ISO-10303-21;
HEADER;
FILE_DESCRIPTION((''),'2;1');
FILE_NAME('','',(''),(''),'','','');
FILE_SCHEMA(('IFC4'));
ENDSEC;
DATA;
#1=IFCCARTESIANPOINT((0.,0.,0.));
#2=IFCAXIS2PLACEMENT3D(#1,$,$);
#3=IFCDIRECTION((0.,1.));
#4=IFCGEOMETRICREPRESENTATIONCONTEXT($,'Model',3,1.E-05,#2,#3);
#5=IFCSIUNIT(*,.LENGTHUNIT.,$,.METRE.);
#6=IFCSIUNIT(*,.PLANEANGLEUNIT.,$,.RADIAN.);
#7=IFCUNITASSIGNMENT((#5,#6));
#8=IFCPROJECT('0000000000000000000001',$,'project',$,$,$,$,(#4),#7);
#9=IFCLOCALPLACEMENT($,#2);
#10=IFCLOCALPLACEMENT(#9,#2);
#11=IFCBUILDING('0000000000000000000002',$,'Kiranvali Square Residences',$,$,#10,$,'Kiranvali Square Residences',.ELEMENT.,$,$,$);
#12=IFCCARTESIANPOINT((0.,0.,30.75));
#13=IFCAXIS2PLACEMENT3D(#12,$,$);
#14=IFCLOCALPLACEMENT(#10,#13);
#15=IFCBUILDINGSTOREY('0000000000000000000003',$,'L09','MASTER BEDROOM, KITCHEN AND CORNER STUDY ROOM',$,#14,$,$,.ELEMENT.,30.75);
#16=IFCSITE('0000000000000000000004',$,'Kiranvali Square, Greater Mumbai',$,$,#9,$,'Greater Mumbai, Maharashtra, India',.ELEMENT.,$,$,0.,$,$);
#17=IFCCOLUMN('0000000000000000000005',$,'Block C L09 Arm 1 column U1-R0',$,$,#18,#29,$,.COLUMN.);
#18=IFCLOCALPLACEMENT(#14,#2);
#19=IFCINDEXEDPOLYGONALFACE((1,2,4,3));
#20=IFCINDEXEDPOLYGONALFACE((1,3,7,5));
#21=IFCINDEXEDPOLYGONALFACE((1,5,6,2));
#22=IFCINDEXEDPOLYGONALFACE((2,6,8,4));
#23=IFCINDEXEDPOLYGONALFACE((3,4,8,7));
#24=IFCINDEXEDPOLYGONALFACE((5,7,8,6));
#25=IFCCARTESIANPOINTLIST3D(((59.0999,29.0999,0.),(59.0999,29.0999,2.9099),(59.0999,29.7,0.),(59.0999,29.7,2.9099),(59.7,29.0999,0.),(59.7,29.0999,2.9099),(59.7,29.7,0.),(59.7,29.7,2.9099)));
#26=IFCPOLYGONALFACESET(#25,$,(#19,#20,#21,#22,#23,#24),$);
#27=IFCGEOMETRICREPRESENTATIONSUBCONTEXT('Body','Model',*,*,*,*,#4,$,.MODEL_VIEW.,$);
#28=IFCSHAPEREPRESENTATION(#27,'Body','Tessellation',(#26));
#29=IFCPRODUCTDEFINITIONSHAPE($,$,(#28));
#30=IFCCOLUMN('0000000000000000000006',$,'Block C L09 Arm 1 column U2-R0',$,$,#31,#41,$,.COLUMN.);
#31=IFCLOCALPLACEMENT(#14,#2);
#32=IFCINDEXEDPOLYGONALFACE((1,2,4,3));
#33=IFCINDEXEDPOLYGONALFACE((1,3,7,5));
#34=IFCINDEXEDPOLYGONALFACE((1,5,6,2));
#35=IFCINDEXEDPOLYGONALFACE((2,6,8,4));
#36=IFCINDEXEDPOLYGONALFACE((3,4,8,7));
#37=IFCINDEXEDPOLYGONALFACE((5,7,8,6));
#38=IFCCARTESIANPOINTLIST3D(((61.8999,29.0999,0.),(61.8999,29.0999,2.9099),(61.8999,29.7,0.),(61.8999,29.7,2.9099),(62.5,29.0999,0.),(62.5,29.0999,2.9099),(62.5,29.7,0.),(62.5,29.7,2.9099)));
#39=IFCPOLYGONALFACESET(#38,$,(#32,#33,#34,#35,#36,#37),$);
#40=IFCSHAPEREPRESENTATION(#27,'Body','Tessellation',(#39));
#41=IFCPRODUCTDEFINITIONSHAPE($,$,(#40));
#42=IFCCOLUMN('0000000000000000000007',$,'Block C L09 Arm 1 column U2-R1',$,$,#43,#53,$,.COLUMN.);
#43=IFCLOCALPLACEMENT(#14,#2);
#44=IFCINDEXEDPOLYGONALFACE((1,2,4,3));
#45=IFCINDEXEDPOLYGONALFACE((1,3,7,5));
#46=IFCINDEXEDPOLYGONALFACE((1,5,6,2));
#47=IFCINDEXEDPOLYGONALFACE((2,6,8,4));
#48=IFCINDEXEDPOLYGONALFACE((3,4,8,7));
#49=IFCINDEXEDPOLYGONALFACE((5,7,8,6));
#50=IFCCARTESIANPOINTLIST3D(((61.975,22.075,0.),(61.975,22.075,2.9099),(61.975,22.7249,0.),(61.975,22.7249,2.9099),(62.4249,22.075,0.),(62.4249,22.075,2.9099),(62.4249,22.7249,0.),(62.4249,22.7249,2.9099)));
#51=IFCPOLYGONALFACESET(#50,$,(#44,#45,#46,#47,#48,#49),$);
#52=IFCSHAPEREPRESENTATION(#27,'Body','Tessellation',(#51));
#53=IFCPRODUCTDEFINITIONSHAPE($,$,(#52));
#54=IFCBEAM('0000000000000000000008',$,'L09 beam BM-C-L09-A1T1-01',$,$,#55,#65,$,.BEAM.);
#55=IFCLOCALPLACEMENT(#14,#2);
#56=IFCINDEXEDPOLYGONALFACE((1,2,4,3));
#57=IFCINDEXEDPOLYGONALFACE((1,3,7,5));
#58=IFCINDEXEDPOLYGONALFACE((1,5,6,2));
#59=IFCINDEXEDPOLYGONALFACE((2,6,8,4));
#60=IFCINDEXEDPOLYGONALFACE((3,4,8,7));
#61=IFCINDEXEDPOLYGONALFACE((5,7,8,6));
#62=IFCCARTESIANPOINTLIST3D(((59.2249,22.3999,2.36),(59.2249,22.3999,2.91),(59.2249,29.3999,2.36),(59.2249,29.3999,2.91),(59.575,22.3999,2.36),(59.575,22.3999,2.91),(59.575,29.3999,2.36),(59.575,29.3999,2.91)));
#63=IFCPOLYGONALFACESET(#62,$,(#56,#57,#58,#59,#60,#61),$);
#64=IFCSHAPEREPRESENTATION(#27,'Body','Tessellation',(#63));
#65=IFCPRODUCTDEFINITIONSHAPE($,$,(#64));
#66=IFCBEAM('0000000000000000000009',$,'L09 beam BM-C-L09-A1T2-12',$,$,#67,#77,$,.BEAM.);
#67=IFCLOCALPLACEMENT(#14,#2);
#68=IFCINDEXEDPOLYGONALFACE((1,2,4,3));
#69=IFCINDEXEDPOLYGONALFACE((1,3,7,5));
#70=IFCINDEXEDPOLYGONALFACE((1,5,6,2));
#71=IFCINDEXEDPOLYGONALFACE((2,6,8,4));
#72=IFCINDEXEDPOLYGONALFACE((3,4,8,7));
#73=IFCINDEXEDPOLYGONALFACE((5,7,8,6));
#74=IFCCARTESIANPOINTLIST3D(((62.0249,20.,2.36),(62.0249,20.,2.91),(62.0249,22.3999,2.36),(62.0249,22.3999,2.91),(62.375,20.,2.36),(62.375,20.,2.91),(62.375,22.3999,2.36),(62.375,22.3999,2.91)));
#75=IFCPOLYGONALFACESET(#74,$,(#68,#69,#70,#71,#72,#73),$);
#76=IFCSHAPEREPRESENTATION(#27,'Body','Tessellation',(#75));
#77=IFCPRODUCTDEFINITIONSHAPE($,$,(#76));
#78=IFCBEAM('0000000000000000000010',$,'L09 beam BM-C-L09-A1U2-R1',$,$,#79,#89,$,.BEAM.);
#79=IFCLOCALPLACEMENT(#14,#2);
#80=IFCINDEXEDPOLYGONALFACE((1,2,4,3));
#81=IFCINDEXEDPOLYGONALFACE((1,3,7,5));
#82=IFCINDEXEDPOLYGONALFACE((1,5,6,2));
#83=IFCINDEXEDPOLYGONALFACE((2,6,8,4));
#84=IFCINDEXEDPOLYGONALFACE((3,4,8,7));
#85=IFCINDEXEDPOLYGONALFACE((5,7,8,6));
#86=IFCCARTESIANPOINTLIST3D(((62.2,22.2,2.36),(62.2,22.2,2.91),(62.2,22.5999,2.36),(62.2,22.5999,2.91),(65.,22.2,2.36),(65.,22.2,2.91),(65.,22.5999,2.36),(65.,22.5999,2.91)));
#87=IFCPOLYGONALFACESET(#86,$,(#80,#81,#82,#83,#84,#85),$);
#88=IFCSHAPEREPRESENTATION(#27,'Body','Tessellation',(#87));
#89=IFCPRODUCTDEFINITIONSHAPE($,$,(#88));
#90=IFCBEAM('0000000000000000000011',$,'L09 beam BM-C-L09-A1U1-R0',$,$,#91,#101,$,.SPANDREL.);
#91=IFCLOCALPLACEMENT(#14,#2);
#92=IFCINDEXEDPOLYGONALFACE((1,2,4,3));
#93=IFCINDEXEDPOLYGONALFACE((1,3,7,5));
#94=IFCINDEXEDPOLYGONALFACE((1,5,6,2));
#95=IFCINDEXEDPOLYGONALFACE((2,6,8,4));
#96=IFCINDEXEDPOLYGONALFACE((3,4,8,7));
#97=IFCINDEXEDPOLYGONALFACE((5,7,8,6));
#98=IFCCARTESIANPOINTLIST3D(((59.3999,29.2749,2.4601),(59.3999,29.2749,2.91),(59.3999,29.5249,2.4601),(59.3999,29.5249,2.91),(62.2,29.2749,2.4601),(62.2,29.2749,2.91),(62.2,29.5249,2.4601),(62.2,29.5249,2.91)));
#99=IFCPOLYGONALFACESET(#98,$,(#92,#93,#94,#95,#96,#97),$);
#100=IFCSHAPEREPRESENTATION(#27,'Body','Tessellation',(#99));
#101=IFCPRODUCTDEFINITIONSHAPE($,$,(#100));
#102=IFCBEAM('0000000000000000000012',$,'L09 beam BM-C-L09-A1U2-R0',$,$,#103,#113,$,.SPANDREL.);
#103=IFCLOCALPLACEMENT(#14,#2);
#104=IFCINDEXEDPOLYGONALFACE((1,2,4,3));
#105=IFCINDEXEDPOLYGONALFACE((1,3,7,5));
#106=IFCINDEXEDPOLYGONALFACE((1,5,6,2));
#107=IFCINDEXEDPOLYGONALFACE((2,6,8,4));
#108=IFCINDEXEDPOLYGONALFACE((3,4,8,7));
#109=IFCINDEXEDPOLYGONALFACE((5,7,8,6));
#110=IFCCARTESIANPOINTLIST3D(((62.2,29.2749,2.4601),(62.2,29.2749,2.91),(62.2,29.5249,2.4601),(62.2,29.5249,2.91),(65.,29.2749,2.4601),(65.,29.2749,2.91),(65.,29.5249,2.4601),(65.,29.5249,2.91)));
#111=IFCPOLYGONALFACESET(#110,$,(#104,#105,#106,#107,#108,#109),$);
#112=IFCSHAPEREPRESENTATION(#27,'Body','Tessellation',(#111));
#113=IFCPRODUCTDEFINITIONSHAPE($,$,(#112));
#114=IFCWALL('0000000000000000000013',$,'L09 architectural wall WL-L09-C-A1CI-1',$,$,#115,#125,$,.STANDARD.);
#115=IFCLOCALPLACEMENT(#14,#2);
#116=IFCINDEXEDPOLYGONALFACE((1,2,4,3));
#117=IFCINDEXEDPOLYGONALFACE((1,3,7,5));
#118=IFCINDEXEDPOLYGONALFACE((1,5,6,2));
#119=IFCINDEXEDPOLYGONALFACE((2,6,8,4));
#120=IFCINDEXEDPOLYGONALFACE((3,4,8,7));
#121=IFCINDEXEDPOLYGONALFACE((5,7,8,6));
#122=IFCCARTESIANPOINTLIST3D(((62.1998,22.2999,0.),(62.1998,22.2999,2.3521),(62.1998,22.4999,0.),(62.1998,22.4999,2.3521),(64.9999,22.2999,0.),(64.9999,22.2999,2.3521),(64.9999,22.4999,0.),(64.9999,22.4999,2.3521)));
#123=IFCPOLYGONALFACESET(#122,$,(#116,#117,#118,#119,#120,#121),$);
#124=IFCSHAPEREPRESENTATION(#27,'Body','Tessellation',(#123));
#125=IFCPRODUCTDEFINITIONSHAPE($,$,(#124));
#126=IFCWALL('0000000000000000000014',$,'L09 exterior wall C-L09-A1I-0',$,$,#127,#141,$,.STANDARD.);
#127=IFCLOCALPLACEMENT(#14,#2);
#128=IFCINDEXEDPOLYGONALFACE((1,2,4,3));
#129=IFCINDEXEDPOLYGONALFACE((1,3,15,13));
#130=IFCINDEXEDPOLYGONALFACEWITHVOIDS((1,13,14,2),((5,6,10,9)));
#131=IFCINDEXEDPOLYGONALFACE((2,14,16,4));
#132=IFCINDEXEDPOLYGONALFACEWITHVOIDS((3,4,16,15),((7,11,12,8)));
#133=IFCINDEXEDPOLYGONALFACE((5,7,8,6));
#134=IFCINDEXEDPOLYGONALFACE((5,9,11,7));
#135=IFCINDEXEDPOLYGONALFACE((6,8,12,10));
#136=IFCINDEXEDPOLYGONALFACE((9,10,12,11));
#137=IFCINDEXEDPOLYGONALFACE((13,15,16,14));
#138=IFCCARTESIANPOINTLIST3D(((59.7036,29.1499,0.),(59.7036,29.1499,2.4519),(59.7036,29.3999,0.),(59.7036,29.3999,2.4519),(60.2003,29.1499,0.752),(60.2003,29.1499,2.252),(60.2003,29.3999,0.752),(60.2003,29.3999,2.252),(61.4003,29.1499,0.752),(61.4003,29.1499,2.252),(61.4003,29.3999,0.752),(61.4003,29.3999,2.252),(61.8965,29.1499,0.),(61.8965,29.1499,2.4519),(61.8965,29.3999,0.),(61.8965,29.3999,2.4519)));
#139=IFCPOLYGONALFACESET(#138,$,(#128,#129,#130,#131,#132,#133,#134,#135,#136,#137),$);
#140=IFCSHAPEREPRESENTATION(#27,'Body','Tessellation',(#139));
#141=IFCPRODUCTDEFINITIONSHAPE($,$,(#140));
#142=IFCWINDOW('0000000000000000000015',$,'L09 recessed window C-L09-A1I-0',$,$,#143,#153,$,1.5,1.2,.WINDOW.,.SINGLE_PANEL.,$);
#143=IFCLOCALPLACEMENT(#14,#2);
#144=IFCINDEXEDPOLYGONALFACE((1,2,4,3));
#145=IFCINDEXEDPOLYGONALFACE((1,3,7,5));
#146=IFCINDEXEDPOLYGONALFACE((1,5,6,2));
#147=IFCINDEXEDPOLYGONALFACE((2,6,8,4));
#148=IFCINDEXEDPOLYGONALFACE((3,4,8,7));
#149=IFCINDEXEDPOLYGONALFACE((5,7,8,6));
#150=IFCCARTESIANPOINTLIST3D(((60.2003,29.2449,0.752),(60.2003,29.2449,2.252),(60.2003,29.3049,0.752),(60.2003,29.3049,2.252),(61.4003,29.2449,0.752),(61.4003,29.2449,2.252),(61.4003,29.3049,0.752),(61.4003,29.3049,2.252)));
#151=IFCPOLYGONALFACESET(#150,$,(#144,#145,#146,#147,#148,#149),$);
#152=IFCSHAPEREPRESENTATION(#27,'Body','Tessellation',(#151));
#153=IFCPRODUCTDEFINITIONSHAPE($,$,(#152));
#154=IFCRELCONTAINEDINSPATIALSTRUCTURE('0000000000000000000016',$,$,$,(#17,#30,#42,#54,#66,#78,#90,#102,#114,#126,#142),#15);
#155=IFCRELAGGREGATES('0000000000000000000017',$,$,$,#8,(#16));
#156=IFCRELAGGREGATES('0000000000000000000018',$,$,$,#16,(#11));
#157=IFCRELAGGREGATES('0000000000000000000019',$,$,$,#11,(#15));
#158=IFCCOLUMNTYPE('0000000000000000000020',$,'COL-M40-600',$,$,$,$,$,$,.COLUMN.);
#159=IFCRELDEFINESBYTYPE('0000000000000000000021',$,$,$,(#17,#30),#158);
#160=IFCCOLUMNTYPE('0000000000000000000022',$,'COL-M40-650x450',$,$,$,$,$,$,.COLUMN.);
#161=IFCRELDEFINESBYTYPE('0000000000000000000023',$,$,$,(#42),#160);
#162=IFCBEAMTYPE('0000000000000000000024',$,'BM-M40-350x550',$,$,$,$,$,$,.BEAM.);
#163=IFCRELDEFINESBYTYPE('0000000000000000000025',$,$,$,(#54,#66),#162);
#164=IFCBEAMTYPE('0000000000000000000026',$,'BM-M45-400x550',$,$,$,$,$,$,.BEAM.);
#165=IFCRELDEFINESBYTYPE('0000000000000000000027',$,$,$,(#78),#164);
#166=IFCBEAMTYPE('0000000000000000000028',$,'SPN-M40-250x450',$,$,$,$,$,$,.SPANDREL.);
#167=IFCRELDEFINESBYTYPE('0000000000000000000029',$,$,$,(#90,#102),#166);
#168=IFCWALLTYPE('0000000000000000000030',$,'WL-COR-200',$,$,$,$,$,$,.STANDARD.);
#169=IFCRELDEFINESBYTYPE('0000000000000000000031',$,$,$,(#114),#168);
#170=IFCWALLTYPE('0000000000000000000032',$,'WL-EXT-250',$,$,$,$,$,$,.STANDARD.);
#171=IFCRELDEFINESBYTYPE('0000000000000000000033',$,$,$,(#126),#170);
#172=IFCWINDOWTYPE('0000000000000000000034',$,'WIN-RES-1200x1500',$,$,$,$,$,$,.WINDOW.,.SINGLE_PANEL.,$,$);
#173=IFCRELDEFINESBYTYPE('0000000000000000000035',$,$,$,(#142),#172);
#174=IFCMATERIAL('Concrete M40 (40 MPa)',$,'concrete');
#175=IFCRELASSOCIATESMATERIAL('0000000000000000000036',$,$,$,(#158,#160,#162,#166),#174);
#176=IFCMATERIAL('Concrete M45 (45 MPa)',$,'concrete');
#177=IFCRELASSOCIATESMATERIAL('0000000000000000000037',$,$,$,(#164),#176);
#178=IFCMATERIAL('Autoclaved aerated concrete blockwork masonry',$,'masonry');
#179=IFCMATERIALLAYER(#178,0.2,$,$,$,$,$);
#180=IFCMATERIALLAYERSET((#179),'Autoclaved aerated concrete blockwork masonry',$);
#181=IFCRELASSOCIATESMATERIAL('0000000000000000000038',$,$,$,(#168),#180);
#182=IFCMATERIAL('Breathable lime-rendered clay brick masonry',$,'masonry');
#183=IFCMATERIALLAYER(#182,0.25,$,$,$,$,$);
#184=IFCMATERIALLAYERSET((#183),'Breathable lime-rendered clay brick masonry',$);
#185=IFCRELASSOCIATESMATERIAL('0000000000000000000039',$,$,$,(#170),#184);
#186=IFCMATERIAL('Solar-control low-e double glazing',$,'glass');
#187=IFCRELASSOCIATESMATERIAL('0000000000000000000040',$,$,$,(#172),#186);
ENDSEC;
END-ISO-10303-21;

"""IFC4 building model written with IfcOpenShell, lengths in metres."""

from ifc_helpers import new_model, si_unit, direction, frame, frame_2d, origin, origin_2d, place, context, subcontext, project, spatial, rectangle, extrude, material, layer, layer_set, material_profile, profile_set, type_object, element, fill, save


model = new_model("IFC4")

# Units and contexts
model_context = context("Model", 3, precision=1e-05, world=origin(), true_north=direction((0.0, 1.0)))
body_context = subcontext(model_context, "Body", "Model", "MODEL_VIEW")
ifc_project = project(units=[si_unit("LENGTHUNIT", "METRE"), si_unit("PLANEANGLEUNIT", "RADIAN")], contexts=[model_context])

# Site, building, storey
site_placement = place(None, origin())
site = spatial("IfcSite", under=ifc_project, at=site_placement, Name="Kiranvali Square, Greater Mumbai", LongName="Greater Mumbai, Maharashtra, India", CompositionType="ELEMENT", RefElevation=0.0)
building_placement = place(site_placement, origin())
building = spatial("IfcBuilding", under=site, at=building_placement, Name="Kiranvali Square Residences", LongName="Kiranvali Square Residences", CompositionType="ELEMENT")
storey_placement = place(building_placement, frame((0.0, 0.0, 30.75)))
storey = spatial("IfcBuildingStorey", under=building, at=storey_placement, Name="L09", Description="MASTER BEDROOM, KITCHEN AND CORNER STUDY ROOM", CompositionType="ELEMENT", Elevation=30.75)

# Columns
ifc_material_1 = material(Name="Concrete M40 (40 MPa)", Category="concrete")
ifc_material_profile_1 = material_profile(ifc_material_1, rectangle(XDim=0.6001, YDim=0.6001, at=origin_2d()), Name="RC 600x600")
ifc_profile_set_1 = profile_set([ifc_material_profile_1], Name="Concrete M40 (40 MPa)")
column_type_1 = type_object("IfcColumnType", Name="COL-M40-600", PredefinedType="COLUMN", material=ifc_profile_set_1)
for number, where, z_axis, x_axis, name in (
    (1, (59.3999, 29.3999, 0.0), (0.0, 0.0, 1.0), (1.0, 0.0, 0.0), "Block C L09 Arm 1 column U1-R0"),
    (2, (62.2, 29.3999, 0.0), (0.0, 0.0, 1.0), (1.0, 0.0, 0.0), "Block C L09 Arm 1 column U2-R0"),
):
    element("IfcColumn", number, at=place(storey_placement, frame(where, z_axis=z_axis, x_axis=x_axis)), inside=storey, type_object=column_type_1, Name=name, PredefinedType="COLUMN", context=body_context, shape_type="SweptSolid", body=[
        extrude(rectangle(XDim=0.6001, YDim=0.6001, at=origin_2d()), origin(), (0.0, 0.0, 1.0), 2.9099),
    ])
ifc_material_profile_2 = material_profile(ifc_material_1, rectangle(XDim=0.45, YDim=0.6499, at=origin_2d()), Name="RC 650x450")
ifc_profile_set_2 = profile_set([ifc_material_profile_2], Name="Concrete M40 (40 MPa)")
column_type_2 = type_object("IfcColumnType", Name="COL-M40-650x450", PredefinedType="COLUMN", material=ifc_profile_set_2)
column_placement = place(storey_placement, frame((62.2, 22.3999, 0.0), z_axis=(0.0, 0.0, 1.0), x_axis=(1.0, 0.0, 0.0)))
element("IfcColumn", 3, at=column_placement, inside=storey, type_object=column_type_2, Name="Block C L09 Arm 1 column U2-R1", PredefinedType="COLUMN", context=body_context, shape_type="SweptSolid", body=[
    extrude(rectangle(XDim=0.45, YDim=0.6499, at=origin_2d()), origin(), (0.0, 0.0, 1.0), 2.9099),
])

# Beams
ifc_material_profile_3 = material_profile(ifc_material_1, rectangle(XDim=0.3501, YDim=0.55, at=origin_2d()), Name="RC 350x550")
ifc_profile_set_3 = profile_set([ifc_material_profile_3], Name="Concrete M40 (40 MPa)")
beam_type_1 = type_object("IfcBeamType", Name="BM-M40-350x550", PredefinedType="BEAM", material=ifc_profile_set_3)
beam_1_placement = place(storey_placement, frame((59.3999, 29.3999, 2.635), z_axis=(0.0, -1.0, 0.0), x_axis=(1.0, 0.0, 0.0)))
element("IfcBeam", 4, at=beam_1_placement, inside=storey, type_object=beam_type_1, Name="L09 beam BM-C-L09-A1T1-01", PredefinedType="BEAM", context=body_context, shape_type="SweptSolid", body=[
    extrude(rectangle(XDim=0.3501, YDim=0.55, at=origin_2d()), origin(), (0.0, 0.0, 1.0), 7.0),
])
beam_2_placement = place(storey_placement, frame((62.2, 22.3999, 2.635), z_axis=(0.0, -1.0, 0.0), x_axis=(1.0, 0.0, 0.0)))
element("IfcBeam", 5, at=beam_2_placement, inside=storey, type_object=beam_type_1, Name="L09 beam BM-C-L09-A1T2-12", PredefinedType="BEAM", context=body_context, shape_type="SweptSolid", body=[
    extrude(rectangle(XDim=0.3501, YDim=0.55, at=origin_2d()), origin(), (0.0, 0.0, 1.0), 2.3999),
])
ifc_material_2 = material(Name="Concrete M45 (45 MPa)", Category="concrete")
ifc_material_profile_4 = material_profile(ifc_material_2, rectangle(XDim=0.3999, YDim=0.55, at=origin_2d()), Name="RC 400x550")
ifc_profile_set_4 = profile_set([ifc_material_profile_4], Name="Concrete M45 (45 MPa)")
beam_type_2 = type_object("IfcBeamType", Name="BM-M45-400x550", PredefinedType="BEAM", material=ifc_profile_set_4)
beam_3_placement = place(storey_placement, frame((62.2, 22.3999, 2.635), z_axis=(1.0, 0.0, 0.0), x_axis=(0.0, 1.0, 0.0)))
element("IfcBeam", 6, at=beam_3_placement, inside=storey, type_object=beam_type_2, Name="L09 beam BM-C-L09-A1U2-R1", PredefinedType="BEAM", context=body_context, shape_type="SweptSolid", body=[
    extrude(rectangle(XDim=0.3999, YDim=0.55, at=origin_2d()), origin(), (0.0, 0.0, 1.0), 2.8),
])
ifc_material_profile_5 = material_profile(ifc_material_1, rectangle(XDim=0.25, YDim=0.45, at=origin_2d()), Name="RC 250x450")
ifc_profile_set_5 = profile_set([ifc_material_profile_5], Name="Concrete M40 (40 MPa)")
beam_type_3 = type_object("IfcBeamType", Name="SPN-M40-250x450", PredefinedType="SPANDREL", material=ifc_profile_set_5)
for number, where, z_axis, x_axis, name in (
    (7, (59.3999, 29.3999, 2.6851), (1.0, 0.0, 0.0), (0.0, 1.0, 0.0), "L09 beam BM-C-L09-A1U1-R0"),
    (8, (62.2, 29.3999, 2.6851), (1.0, 0.0, 0.0), (0.0, 1.0, 0.0), "L09 beam BM-C-L09-A1U2-R0"),
):
    element("IfcBeam", number, at=place(storey_placement, frame(where, z_axis=z_axis, x_axis=x_axis)), inside=storey, type_object=beam_type_3, Name=name, PredefinedType="SPANDREL", context=body_context, shape_type="SweptSolid", body=[
        extrude(rectangle(XDim=0.25, YDim=0.45, at=origin_2d()), origin(), (0.0, 0.0, 1.0), 2.8),
    ])

# Wall
ifc_material_3 = material(Name="Autoclaved aerated concrete blockwork masonry", Category="masonry")
ifc_layer_1 = layer(ifc_material_3, 0.2)
ifc_layer_set_1 = layer_set([ifc_layer_1], Name="Autoclaved aerated concrete blockwork masonry")
wall_type_1 = type_object("IfcWallType", Name="WL-COR-200", PredefinedType="STANDARD", material=ifc_layer_set_1)
wall_1_placement = place(storey_placement, frame((62.2, 22.3999, 0.0), z_axis=(0.0, 0.0, 1.0), x_axis=(1.0, 0.0, 0.0)))
element("IfcWall", 9, at=wall_1_placement, inside=storey, type_object=wall_type_1, Name="L09 architectural wall WL-L09-C-A1CI-1", PredefinedType="STANDARD", context=body_context, shape_type="SweptSolid", body=[
    extrude(rectangle(XDim=2.8, YDim=0.2, at=frame_2d((1.3999, 0.0))), origin(), (0.0, 0.0, 1.0), 2.3521),
])

# Wall, opening, window
ifc_material_4 = material(Name="Breathable lime-rendered clay brick masonry", Category="masonry")
ifc_layer_2 = layer(ifc_material_4, 0.25)
ifc_layer_set_2 = layer_set([ifc_layer_2], Name="Breathable lime-rendered clay brick masonry")
wall_type_2 = type_object("IfcWallType", Name="WL-EXT-250", PredefinedType="STANDARD", material=ifc_layer_set_2)
wall_2_placement = place(storey_placement, frame((59.7036, 29.2749, 0.0), z_axis=(0.0, 0.0, 1.0), x_axis=(1.0, 0.0, 0.0)))
wall_2 = element("IfcWall", 10, at=wall_2_placement, inside=storey, type_object=wall_type_2, Name="L09 exterior wall C-L09-A1I-0", PredefinedType="STANDARD", context=body_context, shape_type="SweptSolid", body=[
    extrude(rectangle(XDim=2.1929, YDim=0.25, at=frame_2d((1.0964, 0.0))), origin(), (0.0, 0.0, 1.0), 2.4519),
])
opening_1_placement = place(wall_2_placement, frame((0.4966, 0.0, 0.752)))
opening_1 = element("IfcOpeningElement", 11, at=opening_1_placement, cuts=wall_2, PredefinedType="OPENING", context=body_context, shape_type="SweptSolid", body=[
    extrude(rectangle(XDim=1.2, YDim=1.5, at=frame_2d((0.6001, 0.75))), frame((0.0, 0.135, 0.0), z_axis=(0.0, -1.0, 0.0), x_axis=(1.0, 0.0, 0.0)), (0.0, 0.0, 1.0), 0.27),
])
ifc_material_5 = material(Name="Solar-control low-e double glazing", Category="glass")
window_type = type_object("IfcWindowType", Name="WIN-RES-1200x1500", PartitioningType="SINGLE_PANEL", PredefinedType="WINDOW", material=ifc_material_5)
window_placement = place(opening_1_placement, origin())
window = element("IfcWindow", 12, at=window_placement, inside=storey, type_object=window_type, Name="L09 recessed window C-L09-A1I-0", OverallHeight=1.5, OverallWidth=1.2, PartitioningType="SINGLE_PANEL", PredefinedType="WINDOW", context=body_context, shape_type="SweptSolid", body=[
    extrude(rectangle(XDim=1.2, YDim=1.5, at=frame_2d((0.6001, 0.75))), frame((0.0, 0.03, 0.0), z_axis=(0.0, -1.0, 0.0), x_axis=(1.0, 0.0, 0.0)), (0.0, 0.0, 1.0), 0.0601),
])
fill(opening_1, window)

save(model, "model.ifc")
